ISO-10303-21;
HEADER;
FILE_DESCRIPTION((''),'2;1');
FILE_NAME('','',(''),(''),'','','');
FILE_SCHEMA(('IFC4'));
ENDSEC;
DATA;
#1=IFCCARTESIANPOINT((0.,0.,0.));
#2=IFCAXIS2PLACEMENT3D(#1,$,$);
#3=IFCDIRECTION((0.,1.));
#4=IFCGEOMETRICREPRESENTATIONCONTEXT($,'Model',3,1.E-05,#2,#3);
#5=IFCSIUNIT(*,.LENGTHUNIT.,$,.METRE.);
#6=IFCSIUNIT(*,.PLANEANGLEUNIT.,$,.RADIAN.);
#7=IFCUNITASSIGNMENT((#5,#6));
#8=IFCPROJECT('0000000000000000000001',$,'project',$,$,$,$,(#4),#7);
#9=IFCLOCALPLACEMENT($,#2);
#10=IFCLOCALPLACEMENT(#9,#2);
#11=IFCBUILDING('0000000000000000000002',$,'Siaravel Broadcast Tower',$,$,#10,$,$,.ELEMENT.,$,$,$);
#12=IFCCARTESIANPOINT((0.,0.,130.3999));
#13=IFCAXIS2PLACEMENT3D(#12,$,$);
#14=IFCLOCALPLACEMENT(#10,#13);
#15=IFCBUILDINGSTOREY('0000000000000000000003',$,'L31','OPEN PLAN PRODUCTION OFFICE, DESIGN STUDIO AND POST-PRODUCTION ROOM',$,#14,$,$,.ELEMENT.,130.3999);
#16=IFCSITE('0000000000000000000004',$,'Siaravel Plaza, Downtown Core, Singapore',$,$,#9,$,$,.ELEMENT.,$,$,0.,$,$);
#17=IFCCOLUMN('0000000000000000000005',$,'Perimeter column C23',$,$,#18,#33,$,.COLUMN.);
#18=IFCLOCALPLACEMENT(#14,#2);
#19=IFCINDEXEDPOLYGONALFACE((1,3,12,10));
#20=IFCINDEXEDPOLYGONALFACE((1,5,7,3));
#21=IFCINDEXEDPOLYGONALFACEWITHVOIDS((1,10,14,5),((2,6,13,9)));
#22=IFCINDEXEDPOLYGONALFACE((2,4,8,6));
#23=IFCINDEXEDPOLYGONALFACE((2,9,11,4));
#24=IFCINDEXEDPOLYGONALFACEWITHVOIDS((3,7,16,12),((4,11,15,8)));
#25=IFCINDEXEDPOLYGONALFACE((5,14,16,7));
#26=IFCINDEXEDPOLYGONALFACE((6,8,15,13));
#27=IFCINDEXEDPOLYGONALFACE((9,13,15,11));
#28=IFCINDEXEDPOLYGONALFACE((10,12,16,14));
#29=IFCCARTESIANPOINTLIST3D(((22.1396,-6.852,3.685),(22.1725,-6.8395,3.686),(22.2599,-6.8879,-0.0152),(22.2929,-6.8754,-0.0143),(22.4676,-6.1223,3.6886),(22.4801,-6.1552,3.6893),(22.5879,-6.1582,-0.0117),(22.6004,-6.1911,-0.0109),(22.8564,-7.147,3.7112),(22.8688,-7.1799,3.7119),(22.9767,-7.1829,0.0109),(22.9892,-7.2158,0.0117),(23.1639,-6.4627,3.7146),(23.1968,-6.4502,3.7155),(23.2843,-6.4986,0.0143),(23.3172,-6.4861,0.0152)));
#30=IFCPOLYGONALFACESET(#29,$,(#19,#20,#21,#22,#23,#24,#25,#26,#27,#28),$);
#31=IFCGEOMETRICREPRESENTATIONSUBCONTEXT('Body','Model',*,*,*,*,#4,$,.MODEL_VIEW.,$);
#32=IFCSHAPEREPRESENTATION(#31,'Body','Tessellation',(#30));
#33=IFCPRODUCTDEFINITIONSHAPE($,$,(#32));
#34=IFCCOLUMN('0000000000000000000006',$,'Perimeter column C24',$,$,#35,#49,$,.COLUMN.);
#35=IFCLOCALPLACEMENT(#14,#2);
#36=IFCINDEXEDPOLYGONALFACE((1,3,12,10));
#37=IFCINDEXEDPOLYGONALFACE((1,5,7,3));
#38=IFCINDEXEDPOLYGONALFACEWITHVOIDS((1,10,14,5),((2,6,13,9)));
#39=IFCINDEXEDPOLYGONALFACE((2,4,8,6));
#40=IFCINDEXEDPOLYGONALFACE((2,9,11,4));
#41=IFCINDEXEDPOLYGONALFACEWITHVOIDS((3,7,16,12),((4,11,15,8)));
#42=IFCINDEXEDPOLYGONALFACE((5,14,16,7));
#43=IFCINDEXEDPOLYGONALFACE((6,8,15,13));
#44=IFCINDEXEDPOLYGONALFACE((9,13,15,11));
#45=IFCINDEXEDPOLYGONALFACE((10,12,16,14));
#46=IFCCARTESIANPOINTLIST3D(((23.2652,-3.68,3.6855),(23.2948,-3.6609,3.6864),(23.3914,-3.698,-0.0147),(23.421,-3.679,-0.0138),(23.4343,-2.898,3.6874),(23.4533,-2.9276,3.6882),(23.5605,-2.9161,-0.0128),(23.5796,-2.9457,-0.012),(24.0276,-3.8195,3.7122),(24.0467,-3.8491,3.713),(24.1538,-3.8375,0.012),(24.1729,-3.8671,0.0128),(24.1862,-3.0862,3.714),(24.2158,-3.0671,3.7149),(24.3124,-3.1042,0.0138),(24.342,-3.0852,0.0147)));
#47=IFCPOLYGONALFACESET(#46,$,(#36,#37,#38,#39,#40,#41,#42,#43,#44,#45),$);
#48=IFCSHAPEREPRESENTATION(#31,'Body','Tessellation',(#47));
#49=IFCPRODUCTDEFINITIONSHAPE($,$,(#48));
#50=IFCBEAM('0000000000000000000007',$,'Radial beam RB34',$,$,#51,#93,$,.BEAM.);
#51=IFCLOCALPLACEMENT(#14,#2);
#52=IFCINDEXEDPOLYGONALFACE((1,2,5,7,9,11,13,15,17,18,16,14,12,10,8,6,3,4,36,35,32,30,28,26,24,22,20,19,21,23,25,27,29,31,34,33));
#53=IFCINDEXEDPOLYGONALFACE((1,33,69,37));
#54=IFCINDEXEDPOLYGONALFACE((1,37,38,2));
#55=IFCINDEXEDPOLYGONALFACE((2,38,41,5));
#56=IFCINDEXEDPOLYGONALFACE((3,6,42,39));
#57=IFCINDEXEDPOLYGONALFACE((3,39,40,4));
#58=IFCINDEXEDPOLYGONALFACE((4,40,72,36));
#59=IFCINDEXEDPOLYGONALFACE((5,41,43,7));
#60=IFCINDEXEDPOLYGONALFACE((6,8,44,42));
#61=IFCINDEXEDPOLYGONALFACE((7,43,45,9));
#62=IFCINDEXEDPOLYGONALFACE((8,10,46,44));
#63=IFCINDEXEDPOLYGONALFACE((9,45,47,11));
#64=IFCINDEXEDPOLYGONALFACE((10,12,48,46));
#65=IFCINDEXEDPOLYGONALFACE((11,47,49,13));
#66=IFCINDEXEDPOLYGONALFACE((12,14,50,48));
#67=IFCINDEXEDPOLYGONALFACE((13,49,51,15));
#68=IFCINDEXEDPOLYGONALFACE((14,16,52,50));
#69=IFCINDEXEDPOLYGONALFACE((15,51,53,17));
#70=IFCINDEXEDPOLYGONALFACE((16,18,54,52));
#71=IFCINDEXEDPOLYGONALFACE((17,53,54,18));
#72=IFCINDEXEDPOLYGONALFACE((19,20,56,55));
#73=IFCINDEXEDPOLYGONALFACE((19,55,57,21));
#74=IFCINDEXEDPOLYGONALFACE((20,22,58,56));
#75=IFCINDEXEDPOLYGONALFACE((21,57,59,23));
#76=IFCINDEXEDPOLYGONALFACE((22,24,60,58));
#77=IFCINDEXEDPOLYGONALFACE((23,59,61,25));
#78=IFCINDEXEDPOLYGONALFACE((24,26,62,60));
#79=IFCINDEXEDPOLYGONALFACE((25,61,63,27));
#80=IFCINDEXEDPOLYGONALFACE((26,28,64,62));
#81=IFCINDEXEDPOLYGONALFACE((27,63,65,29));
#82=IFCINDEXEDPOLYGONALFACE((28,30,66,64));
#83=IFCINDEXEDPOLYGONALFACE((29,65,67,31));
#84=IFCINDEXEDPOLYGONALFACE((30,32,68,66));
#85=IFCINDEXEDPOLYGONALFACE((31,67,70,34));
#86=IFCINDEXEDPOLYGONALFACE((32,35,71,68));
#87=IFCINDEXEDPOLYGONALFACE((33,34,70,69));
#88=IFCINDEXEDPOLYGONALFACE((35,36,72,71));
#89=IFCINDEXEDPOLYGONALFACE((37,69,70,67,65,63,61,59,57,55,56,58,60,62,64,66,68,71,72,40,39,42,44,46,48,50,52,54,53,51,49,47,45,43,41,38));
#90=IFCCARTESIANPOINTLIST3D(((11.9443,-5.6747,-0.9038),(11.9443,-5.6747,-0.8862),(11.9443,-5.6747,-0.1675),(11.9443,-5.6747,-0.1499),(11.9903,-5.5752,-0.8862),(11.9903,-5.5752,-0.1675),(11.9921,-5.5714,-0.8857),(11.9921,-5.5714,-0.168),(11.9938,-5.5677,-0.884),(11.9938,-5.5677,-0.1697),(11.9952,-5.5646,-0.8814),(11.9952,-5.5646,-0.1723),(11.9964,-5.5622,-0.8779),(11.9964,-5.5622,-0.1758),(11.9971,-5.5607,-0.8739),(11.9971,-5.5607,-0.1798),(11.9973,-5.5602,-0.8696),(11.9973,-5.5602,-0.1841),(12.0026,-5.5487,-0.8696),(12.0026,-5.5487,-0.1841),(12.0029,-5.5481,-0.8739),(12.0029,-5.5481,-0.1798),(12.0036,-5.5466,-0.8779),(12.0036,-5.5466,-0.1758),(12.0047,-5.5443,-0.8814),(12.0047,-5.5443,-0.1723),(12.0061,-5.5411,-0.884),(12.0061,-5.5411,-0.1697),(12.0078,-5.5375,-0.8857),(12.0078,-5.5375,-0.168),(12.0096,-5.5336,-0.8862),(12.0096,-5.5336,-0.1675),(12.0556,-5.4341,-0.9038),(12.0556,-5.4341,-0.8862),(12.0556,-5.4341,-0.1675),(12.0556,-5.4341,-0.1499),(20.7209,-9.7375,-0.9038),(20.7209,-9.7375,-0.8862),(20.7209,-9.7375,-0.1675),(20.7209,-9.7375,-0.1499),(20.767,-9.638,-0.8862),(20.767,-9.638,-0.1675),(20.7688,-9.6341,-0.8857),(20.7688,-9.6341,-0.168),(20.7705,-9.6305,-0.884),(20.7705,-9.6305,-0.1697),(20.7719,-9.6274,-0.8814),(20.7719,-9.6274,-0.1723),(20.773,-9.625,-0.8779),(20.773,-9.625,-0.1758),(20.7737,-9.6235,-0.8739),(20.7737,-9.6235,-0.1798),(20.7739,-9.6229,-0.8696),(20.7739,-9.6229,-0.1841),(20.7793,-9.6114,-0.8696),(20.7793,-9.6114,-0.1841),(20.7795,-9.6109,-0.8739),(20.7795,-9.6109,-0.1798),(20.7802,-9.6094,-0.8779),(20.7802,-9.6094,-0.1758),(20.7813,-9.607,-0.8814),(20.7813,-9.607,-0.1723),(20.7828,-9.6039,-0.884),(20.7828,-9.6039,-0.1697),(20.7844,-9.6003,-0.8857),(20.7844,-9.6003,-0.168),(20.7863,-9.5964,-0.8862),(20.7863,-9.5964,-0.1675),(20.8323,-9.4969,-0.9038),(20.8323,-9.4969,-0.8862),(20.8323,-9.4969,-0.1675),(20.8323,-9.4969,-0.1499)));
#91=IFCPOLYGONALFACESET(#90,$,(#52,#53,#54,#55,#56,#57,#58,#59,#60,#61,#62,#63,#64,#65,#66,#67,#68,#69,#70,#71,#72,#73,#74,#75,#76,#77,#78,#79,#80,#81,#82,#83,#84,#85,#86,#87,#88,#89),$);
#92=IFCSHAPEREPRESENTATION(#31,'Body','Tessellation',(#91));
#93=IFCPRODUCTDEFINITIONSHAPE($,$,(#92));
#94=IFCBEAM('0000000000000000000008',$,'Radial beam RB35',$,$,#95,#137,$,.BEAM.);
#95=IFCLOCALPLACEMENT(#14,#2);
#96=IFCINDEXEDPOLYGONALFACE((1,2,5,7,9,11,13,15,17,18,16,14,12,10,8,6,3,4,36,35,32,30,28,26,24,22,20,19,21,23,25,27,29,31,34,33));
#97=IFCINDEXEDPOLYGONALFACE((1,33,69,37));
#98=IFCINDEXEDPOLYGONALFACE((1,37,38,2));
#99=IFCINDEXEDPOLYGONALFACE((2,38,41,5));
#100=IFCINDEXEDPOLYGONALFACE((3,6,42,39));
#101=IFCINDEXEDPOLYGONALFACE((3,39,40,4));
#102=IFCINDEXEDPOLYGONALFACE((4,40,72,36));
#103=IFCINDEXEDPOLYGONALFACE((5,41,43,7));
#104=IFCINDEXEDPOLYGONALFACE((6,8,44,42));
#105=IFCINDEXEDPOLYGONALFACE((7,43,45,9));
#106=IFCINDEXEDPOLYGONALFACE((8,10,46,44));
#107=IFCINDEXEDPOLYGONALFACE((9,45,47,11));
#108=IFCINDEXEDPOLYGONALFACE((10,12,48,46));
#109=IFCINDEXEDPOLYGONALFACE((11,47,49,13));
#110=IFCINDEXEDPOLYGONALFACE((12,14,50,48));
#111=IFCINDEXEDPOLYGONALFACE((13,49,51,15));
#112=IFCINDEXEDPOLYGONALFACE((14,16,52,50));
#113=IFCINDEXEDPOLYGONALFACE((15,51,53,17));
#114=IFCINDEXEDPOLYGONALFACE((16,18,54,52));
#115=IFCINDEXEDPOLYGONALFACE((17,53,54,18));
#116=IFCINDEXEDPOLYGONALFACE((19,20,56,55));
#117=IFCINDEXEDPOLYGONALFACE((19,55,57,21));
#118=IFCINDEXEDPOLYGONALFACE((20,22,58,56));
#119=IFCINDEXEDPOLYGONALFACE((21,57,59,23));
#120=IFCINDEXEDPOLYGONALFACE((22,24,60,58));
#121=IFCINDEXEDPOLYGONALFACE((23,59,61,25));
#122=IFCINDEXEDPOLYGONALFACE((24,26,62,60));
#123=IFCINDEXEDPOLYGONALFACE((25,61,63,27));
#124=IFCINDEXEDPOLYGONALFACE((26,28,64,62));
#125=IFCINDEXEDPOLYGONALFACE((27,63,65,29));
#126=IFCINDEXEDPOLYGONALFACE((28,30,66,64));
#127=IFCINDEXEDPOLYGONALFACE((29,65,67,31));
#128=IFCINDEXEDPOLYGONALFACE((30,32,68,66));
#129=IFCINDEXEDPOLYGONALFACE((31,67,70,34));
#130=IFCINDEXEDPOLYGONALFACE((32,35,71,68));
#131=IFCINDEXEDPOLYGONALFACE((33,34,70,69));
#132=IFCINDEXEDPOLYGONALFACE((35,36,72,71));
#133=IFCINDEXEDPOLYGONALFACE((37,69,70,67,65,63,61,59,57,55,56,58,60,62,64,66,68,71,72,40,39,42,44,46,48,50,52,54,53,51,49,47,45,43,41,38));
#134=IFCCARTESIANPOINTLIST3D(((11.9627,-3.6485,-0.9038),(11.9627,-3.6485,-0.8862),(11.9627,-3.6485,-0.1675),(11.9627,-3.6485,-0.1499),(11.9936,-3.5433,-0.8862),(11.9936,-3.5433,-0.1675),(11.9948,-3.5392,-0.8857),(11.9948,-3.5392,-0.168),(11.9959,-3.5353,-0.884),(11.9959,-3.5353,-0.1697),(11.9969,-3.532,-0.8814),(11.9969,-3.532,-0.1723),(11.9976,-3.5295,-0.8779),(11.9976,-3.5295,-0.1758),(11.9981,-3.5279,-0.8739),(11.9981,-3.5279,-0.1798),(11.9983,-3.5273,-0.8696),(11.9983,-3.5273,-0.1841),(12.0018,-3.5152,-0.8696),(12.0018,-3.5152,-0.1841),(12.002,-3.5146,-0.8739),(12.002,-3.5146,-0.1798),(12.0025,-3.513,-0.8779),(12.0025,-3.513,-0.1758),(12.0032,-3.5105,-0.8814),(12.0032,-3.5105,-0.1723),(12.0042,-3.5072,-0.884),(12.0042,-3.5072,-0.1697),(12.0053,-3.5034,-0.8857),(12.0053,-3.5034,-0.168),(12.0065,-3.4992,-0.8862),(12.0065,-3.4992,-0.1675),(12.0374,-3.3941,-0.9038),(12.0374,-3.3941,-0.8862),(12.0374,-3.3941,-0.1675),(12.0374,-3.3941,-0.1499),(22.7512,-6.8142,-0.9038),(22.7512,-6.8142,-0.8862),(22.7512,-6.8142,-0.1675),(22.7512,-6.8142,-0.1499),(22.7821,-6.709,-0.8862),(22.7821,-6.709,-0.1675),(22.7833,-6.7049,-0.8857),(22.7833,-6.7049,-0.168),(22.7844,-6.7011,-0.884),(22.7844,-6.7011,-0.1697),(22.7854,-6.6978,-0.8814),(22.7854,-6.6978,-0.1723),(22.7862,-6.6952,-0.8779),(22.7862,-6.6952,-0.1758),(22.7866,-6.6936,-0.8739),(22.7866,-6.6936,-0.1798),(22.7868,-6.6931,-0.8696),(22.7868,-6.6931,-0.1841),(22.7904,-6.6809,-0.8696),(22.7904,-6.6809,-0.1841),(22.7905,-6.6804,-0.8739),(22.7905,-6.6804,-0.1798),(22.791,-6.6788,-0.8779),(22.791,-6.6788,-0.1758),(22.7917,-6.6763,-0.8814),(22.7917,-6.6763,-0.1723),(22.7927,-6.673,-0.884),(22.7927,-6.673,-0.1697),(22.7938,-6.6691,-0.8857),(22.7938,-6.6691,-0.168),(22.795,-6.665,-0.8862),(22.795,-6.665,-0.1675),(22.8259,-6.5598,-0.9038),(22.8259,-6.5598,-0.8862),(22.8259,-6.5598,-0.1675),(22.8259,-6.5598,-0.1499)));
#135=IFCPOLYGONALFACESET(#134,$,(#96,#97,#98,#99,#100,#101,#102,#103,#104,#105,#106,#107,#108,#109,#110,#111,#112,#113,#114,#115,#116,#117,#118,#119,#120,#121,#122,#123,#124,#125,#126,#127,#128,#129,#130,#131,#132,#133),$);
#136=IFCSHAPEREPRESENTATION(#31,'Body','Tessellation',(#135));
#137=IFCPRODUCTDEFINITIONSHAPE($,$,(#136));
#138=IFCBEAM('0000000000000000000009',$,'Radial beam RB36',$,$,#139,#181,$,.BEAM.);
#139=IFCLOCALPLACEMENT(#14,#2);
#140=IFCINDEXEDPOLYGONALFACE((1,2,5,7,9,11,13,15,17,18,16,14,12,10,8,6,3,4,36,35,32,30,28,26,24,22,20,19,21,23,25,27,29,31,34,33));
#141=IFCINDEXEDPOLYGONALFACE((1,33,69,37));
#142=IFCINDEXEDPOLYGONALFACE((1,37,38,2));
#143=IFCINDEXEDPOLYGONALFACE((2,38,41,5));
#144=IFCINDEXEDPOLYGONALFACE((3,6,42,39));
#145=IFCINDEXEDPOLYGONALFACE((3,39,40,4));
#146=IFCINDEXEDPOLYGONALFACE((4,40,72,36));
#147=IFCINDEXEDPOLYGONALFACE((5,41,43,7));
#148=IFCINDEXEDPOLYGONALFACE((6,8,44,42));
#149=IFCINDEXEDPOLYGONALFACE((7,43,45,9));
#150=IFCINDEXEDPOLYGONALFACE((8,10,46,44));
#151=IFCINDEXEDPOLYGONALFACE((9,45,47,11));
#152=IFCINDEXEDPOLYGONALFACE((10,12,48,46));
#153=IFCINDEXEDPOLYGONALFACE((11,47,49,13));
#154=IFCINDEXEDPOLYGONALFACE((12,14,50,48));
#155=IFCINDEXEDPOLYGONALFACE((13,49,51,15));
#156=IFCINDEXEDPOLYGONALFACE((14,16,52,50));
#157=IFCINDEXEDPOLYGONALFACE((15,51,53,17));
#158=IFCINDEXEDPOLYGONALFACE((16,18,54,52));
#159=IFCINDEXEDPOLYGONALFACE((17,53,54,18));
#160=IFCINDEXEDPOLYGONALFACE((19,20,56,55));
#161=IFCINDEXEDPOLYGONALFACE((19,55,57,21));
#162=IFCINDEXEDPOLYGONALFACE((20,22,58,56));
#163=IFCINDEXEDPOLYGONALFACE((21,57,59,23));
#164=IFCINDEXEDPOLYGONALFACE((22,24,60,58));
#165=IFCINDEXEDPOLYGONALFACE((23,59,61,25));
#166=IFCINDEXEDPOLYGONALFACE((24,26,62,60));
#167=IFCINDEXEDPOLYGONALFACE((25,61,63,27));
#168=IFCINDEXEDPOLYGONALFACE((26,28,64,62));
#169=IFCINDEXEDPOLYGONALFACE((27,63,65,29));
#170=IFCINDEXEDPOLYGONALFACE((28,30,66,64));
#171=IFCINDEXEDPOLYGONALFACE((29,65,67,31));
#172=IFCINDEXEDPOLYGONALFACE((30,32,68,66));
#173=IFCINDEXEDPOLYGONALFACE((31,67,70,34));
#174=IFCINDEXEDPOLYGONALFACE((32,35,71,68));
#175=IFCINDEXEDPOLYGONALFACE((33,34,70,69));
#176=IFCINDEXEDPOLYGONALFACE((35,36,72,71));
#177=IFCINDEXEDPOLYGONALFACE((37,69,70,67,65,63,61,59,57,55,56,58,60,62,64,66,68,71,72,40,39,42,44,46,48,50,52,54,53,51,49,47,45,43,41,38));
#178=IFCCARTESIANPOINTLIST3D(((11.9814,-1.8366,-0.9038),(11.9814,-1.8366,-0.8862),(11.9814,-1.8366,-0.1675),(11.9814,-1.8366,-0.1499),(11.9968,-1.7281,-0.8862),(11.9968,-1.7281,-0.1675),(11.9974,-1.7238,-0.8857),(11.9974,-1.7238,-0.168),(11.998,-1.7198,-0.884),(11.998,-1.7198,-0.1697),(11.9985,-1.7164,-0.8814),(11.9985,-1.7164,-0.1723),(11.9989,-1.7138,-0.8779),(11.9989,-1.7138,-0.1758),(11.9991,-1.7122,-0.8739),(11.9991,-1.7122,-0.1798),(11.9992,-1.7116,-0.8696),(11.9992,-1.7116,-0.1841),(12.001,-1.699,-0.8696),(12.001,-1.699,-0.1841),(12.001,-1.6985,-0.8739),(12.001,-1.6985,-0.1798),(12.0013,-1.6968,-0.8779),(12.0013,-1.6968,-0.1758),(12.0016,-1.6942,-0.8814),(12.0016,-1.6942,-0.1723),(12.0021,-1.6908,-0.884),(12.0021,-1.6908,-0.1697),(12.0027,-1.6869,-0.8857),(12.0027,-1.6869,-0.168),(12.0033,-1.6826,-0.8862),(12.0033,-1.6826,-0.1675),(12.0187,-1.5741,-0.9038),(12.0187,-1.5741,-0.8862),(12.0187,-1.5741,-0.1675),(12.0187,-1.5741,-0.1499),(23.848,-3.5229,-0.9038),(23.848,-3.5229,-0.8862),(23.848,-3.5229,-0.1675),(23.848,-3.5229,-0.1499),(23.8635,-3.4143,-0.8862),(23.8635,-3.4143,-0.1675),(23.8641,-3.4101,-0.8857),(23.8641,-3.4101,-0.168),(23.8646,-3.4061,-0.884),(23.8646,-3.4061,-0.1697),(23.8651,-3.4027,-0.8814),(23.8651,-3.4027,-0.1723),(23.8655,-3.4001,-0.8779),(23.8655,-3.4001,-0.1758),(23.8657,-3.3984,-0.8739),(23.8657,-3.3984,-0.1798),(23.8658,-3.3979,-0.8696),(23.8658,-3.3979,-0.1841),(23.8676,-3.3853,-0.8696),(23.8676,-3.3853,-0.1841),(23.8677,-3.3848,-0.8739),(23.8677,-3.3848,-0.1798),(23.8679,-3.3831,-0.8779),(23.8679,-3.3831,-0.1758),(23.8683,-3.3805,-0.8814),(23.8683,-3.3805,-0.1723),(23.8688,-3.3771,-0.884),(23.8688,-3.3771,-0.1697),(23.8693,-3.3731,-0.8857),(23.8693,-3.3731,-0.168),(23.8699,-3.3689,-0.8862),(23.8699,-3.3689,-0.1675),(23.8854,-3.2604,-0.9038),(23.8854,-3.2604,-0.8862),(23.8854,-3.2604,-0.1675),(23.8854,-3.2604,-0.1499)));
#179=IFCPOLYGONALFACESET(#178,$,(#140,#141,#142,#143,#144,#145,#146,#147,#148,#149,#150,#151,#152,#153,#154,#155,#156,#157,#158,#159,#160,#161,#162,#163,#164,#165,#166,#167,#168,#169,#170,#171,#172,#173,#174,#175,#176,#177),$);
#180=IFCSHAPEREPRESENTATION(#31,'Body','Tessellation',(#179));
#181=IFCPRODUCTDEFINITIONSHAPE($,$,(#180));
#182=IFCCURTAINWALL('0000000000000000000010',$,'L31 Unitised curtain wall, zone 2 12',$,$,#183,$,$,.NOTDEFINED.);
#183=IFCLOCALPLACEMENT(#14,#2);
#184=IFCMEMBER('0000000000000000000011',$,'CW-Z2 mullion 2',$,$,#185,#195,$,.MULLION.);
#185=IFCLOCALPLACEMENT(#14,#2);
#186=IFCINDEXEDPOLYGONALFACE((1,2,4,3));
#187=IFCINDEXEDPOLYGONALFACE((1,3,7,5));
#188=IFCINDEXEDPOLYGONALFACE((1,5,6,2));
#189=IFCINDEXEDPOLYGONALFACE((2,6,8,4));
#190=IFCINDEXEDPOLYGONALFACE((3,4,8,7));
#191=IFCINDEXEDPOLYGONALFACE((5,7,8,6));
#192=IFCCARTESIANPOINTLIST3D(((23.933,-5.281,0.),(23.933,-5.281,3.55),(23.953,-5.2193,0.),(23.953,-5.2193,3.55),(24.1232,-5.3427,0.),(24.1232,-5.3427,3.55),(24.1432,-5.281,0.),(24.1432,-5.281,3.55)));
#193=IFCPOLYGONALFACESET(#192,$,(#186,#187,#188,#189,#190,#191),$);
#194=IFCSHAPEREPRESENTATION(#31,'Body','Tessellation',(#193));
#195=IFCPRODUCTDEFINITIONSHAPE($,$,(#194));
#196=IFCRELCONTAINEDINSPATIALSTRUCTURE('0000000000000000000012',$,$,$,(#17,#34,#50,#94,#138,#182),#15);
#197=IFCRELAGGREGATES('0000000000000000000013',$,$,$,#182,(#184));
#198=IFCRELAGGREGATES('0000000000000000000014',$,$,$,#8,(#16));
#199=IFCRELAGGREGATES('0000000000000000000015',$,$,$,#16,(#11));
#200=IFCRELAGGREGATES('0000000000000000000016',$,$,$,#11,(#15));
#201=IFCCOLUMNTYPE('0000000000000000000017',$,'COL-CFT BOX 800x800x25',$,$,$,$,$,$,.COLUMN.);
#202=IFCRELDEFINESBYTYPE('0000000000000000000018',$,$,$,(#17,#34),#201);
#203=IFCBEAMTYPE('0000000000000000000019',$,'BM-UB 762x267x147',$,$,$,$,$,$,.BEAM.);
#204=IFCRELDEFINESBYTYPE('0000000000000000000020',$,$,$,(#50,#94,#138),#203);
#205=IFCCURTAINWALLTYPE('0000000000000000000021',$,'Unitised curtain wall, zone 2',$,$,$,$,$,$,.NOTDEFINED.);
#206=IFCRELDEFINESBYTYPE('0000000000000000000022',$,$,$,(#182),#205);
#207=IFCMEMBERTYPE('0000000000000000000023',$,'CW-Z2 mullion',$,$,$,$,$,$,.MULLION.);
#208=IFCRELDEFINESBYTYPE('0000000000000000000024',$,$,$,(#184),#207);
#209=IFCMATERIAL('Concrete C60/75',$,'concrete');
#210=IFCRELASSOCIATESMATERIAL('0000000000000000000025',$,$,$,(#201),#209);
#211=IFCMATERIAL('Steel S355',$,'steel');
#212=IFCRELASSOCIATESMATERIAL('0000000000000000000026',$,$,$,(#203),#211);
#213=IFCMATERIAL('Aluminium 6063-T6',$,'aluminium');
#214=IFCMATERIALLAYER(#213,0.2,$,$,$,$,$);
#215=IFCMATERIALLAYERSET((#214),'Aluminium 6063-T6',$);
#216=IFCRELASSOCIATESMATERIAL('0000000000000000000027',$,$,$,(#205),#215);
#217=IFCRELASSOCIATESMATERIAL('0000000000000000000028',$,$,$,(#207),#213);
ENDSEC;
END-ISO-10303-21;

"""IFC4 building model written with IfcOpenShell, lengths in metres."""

from ifc_helpers import new_model, si_unit, direction, frame, origin, origin_2d, place, context, subcontext, project, spatial, rectangle, hollow_rectangle, i_section, extrude, material, layer, layer_set, material_profile, profile_set, type_object, element, aggregate, save


model = new_model("IFC4")

# Units and contexts
model_context = context("Model", 3, precision=1e-05, world=origin(), true_north=direction((0.0, 1.0)))
body_context = subcontext(model_context, "Body", "Model", "MODEL_VIEW")
ifc_project = project(units=[si_unit("LENGTHUNIT", "METRE"), si_unit("PLANEANGLEUNIT", "RADIAN")], contexts=[model_context])

# Site, building, storey
site_placement = place(None, origin())
site = spatial("IfcSite", under=ifc_project, at=site_placement, Name="Siaravel Plaza, Downtown Core, Singapore", CompositionType="ELEMENT", RefElevation=0.0)
building_placement = place(site_placement, origin())
building = spatial("IfcBuilding", under=site, at=building_placement, Name="Siaravel Broadcast Tower", CompositionType="ELEMENT")
storey_placement = place(building_placement, frame((0.0, 0.0, 130.3999)))
storey = spatial("IfcBuildingStorey", under=building, at=storey_placement, Name="L31", Description="OPEN PLAN PRODUCTION OFFICE, DESIGN STUDIO AND POST-PRODUCTION ROOM", CompositionType="ELEMENT", Elevation=130.3999)

# Columns
ifc_material_1 = material(Name="Concrete C60/75", Category="concrete")
ifc_material_profile_1 = material_profile(ifc_material_1, hollow_rectangle(XDim=0.8, YDim=0.8, WallThickness=0.0249, at=origin_2d()))
ifc_profile_set_1 = profile_set([ifc_material_profile_1], Name="Concrete C60/75")
column_type = type_object("IfcColumnType", Name="COL-CFT BOX 800x800x25", PredefinedType="COLUMN", material=ifc_profile_set_1)
for number, where, z_axis, x_axis, name in (
    (1, (22.7886, -6.687, 0.0), (-0.03251, 0.009694, 0.999424), (-0.409965, -0.91209, -0.004489), "Perimeter column C23"),
    (2, (23.8667, -3.3916, 0.0), (-0.034092, 0.00488, 0.999407), (-0.211379, -0.977401, -0.002438), "Perimeter column C24"),
):
    element("IfcColumn", number, at=place(storey_placement, frame(where, z_axis=z_axis, x_axis=x_axis)), inside=storey, type_object=column_type, Name=name, PredefinedType="COLUMN", context=body_context, shape_type="SweptSolid", body=[
        extrude(hollow_rectangle(XDim=0.8, YDim=0.8, WallThickness=0.0249, at=origin_2d()), origin(), (0.0, 0.0, 1.0), 3.7024),
    ])

# Beams
ifc_material_2 = material(Name="Steel S355", Category="steel")
ifc_material_profile_2 = material_profile(ifc_material_2, i_section(OverallWidth=0.2651, OverallDepth=0.7539, WebThickness=0.0127, FlangeThickness=0.0176, FilletRadius=0.0166, at=origin_2d()))
ifc_profile_set_2 = profile_set([ifc_material_profile_2], Name="Steel S355")
beam_type = type_object("IfcBeamType", Name="BM-UB 762x267x147", PredefinedType="BEAM", material=ifc_profile_set_2)
beam_1_placement = place(storey_placement, frame((20.7766, -9.6172, -0.5269), z_axis=(-0.907487, 0.420081, 0.0), x_axis=(-0.420081, -0.907487, 0.0)))
element("IfcBeam", 3, at=beam_1_placement, inside=storey, type_object=beam_type, Name="Radial beam RB34", PredefinedType="BEAM", context=body_context, shape_type="SweptSolid", body=[
    extrude(i_section(OverallWidth=0.2651, OverallDepth=0.7539, WebThickness=0.0127, FlangeThickness=0.0176, FilletRadius=0.0166, at=origin_2d()), origin(), (0.0, 0.0, 1.0), 9.6714),
])
beam_2_placement = place(storey_placement, frame((22.7886, -6.687, -0.5269), z_axis=(-0.959542, 0.281566, 0.0), x_axis=(-0.281566, -0.959542, 0.0)))
element("IfcBeam", 4, at=beam_2_placement, inside=storey, type_object=beam_type, Name="Radial beam RB35", PredefinedType="BEAM", context=body_context, shape_type="SweptSolid", body=[
    extrude(i_section(OverallWidth=0.2651, OverallDepth=0.7539, WebThickness=0.0127, FlangeThickness=0.0176, FilletRadius=0.0166, at=origin_2d()), origin(), (0.0, 0.0, 1.0), 11.2434),
])
beam_3_placement = place(storey_placement, frame((23.8667, -3.3916, -0.5269), z_axis=(-0.990054, 0.140688, 0.0), x_axis=(-0.140688, -0.990054, 0.0)))
element("IfcBeam", 5, at=beam_3_placement, inside=storey, type_object=beam_type, Name="Radial beam RB36", PredefinedType="BEAM", context=body_context, shape_type="SweptSolid", body=[
    extrude(i_section(OverallWidth=0.2651, OverallDepth=0.7539, WebThickness=0.0127, FlangeThickness=0.0176, FilletRadius=0.0166, at=origin_2d()), origin(), (0.0, 0.0, 1.0), 11.9858),
])

# Curtain wall, member
ifc_material_3 = material(Name="Aluminium 6063-T6", Category="aluminium")
ifc_layer_1 = layer(ifc_material_3, 0.2)
ifc_layer_set_1 = layer_set([ifc_layer_1], Name="Aluminium 6063-T6")
curtain_wall_type = type_object("IfcCurtainWallType", Name="Unitised curtain wall, zone 2", PredefinedType="NOTDEFINED", material=ifc_layer_set_1)
curtain_wall_placement = place(storey_placement, origin())
curtain_wall = element("IfcCurtainWall", 6, at=curtain_wall_placement, inside=storey, type_object=curtain_wall_type, Name="L31 Unitised curtain wall, zone 2 12", PredefinedType="NOTDEFINED")
ifc_material_profile_3 = material_profile(ifc_material_3, rectangle(XDim=0.2, YDim=0.0649, at=origin_2d()))
ifc_profile_set_3 = profile_set([ifc_material_profile_3], Name="Aluminium 6063-T6")
member_type_1 = type_object("IfcMemberType", Name="CW-Z2 mullion", PredefinedType="MULLION", material=ifc_profile_set_3)
member_1_placement = place(storey_placement, frame((24.0381, -5.281, 0.0), z_axis=(0.0, 0.0, 1.0), x_axis=(-0.951178, 0.308644, 0.0)))
member_1 = element("IfcMember", 7, at=member_1_placement, type_object=member_type_1, Name="CW-Z2 mullion 2", PredefinedType="MULLION", context=body_context, shape_type="SweptSolid", body=[
    extrude(rectangle(XDim=0.2, YDim=0.0649, at=origin_2d()), origin(), (0.0, 0.0, 1.0), 3.55),
])

aggregate(curtain_wall, [member_1])

save(model, "model.ifc")
